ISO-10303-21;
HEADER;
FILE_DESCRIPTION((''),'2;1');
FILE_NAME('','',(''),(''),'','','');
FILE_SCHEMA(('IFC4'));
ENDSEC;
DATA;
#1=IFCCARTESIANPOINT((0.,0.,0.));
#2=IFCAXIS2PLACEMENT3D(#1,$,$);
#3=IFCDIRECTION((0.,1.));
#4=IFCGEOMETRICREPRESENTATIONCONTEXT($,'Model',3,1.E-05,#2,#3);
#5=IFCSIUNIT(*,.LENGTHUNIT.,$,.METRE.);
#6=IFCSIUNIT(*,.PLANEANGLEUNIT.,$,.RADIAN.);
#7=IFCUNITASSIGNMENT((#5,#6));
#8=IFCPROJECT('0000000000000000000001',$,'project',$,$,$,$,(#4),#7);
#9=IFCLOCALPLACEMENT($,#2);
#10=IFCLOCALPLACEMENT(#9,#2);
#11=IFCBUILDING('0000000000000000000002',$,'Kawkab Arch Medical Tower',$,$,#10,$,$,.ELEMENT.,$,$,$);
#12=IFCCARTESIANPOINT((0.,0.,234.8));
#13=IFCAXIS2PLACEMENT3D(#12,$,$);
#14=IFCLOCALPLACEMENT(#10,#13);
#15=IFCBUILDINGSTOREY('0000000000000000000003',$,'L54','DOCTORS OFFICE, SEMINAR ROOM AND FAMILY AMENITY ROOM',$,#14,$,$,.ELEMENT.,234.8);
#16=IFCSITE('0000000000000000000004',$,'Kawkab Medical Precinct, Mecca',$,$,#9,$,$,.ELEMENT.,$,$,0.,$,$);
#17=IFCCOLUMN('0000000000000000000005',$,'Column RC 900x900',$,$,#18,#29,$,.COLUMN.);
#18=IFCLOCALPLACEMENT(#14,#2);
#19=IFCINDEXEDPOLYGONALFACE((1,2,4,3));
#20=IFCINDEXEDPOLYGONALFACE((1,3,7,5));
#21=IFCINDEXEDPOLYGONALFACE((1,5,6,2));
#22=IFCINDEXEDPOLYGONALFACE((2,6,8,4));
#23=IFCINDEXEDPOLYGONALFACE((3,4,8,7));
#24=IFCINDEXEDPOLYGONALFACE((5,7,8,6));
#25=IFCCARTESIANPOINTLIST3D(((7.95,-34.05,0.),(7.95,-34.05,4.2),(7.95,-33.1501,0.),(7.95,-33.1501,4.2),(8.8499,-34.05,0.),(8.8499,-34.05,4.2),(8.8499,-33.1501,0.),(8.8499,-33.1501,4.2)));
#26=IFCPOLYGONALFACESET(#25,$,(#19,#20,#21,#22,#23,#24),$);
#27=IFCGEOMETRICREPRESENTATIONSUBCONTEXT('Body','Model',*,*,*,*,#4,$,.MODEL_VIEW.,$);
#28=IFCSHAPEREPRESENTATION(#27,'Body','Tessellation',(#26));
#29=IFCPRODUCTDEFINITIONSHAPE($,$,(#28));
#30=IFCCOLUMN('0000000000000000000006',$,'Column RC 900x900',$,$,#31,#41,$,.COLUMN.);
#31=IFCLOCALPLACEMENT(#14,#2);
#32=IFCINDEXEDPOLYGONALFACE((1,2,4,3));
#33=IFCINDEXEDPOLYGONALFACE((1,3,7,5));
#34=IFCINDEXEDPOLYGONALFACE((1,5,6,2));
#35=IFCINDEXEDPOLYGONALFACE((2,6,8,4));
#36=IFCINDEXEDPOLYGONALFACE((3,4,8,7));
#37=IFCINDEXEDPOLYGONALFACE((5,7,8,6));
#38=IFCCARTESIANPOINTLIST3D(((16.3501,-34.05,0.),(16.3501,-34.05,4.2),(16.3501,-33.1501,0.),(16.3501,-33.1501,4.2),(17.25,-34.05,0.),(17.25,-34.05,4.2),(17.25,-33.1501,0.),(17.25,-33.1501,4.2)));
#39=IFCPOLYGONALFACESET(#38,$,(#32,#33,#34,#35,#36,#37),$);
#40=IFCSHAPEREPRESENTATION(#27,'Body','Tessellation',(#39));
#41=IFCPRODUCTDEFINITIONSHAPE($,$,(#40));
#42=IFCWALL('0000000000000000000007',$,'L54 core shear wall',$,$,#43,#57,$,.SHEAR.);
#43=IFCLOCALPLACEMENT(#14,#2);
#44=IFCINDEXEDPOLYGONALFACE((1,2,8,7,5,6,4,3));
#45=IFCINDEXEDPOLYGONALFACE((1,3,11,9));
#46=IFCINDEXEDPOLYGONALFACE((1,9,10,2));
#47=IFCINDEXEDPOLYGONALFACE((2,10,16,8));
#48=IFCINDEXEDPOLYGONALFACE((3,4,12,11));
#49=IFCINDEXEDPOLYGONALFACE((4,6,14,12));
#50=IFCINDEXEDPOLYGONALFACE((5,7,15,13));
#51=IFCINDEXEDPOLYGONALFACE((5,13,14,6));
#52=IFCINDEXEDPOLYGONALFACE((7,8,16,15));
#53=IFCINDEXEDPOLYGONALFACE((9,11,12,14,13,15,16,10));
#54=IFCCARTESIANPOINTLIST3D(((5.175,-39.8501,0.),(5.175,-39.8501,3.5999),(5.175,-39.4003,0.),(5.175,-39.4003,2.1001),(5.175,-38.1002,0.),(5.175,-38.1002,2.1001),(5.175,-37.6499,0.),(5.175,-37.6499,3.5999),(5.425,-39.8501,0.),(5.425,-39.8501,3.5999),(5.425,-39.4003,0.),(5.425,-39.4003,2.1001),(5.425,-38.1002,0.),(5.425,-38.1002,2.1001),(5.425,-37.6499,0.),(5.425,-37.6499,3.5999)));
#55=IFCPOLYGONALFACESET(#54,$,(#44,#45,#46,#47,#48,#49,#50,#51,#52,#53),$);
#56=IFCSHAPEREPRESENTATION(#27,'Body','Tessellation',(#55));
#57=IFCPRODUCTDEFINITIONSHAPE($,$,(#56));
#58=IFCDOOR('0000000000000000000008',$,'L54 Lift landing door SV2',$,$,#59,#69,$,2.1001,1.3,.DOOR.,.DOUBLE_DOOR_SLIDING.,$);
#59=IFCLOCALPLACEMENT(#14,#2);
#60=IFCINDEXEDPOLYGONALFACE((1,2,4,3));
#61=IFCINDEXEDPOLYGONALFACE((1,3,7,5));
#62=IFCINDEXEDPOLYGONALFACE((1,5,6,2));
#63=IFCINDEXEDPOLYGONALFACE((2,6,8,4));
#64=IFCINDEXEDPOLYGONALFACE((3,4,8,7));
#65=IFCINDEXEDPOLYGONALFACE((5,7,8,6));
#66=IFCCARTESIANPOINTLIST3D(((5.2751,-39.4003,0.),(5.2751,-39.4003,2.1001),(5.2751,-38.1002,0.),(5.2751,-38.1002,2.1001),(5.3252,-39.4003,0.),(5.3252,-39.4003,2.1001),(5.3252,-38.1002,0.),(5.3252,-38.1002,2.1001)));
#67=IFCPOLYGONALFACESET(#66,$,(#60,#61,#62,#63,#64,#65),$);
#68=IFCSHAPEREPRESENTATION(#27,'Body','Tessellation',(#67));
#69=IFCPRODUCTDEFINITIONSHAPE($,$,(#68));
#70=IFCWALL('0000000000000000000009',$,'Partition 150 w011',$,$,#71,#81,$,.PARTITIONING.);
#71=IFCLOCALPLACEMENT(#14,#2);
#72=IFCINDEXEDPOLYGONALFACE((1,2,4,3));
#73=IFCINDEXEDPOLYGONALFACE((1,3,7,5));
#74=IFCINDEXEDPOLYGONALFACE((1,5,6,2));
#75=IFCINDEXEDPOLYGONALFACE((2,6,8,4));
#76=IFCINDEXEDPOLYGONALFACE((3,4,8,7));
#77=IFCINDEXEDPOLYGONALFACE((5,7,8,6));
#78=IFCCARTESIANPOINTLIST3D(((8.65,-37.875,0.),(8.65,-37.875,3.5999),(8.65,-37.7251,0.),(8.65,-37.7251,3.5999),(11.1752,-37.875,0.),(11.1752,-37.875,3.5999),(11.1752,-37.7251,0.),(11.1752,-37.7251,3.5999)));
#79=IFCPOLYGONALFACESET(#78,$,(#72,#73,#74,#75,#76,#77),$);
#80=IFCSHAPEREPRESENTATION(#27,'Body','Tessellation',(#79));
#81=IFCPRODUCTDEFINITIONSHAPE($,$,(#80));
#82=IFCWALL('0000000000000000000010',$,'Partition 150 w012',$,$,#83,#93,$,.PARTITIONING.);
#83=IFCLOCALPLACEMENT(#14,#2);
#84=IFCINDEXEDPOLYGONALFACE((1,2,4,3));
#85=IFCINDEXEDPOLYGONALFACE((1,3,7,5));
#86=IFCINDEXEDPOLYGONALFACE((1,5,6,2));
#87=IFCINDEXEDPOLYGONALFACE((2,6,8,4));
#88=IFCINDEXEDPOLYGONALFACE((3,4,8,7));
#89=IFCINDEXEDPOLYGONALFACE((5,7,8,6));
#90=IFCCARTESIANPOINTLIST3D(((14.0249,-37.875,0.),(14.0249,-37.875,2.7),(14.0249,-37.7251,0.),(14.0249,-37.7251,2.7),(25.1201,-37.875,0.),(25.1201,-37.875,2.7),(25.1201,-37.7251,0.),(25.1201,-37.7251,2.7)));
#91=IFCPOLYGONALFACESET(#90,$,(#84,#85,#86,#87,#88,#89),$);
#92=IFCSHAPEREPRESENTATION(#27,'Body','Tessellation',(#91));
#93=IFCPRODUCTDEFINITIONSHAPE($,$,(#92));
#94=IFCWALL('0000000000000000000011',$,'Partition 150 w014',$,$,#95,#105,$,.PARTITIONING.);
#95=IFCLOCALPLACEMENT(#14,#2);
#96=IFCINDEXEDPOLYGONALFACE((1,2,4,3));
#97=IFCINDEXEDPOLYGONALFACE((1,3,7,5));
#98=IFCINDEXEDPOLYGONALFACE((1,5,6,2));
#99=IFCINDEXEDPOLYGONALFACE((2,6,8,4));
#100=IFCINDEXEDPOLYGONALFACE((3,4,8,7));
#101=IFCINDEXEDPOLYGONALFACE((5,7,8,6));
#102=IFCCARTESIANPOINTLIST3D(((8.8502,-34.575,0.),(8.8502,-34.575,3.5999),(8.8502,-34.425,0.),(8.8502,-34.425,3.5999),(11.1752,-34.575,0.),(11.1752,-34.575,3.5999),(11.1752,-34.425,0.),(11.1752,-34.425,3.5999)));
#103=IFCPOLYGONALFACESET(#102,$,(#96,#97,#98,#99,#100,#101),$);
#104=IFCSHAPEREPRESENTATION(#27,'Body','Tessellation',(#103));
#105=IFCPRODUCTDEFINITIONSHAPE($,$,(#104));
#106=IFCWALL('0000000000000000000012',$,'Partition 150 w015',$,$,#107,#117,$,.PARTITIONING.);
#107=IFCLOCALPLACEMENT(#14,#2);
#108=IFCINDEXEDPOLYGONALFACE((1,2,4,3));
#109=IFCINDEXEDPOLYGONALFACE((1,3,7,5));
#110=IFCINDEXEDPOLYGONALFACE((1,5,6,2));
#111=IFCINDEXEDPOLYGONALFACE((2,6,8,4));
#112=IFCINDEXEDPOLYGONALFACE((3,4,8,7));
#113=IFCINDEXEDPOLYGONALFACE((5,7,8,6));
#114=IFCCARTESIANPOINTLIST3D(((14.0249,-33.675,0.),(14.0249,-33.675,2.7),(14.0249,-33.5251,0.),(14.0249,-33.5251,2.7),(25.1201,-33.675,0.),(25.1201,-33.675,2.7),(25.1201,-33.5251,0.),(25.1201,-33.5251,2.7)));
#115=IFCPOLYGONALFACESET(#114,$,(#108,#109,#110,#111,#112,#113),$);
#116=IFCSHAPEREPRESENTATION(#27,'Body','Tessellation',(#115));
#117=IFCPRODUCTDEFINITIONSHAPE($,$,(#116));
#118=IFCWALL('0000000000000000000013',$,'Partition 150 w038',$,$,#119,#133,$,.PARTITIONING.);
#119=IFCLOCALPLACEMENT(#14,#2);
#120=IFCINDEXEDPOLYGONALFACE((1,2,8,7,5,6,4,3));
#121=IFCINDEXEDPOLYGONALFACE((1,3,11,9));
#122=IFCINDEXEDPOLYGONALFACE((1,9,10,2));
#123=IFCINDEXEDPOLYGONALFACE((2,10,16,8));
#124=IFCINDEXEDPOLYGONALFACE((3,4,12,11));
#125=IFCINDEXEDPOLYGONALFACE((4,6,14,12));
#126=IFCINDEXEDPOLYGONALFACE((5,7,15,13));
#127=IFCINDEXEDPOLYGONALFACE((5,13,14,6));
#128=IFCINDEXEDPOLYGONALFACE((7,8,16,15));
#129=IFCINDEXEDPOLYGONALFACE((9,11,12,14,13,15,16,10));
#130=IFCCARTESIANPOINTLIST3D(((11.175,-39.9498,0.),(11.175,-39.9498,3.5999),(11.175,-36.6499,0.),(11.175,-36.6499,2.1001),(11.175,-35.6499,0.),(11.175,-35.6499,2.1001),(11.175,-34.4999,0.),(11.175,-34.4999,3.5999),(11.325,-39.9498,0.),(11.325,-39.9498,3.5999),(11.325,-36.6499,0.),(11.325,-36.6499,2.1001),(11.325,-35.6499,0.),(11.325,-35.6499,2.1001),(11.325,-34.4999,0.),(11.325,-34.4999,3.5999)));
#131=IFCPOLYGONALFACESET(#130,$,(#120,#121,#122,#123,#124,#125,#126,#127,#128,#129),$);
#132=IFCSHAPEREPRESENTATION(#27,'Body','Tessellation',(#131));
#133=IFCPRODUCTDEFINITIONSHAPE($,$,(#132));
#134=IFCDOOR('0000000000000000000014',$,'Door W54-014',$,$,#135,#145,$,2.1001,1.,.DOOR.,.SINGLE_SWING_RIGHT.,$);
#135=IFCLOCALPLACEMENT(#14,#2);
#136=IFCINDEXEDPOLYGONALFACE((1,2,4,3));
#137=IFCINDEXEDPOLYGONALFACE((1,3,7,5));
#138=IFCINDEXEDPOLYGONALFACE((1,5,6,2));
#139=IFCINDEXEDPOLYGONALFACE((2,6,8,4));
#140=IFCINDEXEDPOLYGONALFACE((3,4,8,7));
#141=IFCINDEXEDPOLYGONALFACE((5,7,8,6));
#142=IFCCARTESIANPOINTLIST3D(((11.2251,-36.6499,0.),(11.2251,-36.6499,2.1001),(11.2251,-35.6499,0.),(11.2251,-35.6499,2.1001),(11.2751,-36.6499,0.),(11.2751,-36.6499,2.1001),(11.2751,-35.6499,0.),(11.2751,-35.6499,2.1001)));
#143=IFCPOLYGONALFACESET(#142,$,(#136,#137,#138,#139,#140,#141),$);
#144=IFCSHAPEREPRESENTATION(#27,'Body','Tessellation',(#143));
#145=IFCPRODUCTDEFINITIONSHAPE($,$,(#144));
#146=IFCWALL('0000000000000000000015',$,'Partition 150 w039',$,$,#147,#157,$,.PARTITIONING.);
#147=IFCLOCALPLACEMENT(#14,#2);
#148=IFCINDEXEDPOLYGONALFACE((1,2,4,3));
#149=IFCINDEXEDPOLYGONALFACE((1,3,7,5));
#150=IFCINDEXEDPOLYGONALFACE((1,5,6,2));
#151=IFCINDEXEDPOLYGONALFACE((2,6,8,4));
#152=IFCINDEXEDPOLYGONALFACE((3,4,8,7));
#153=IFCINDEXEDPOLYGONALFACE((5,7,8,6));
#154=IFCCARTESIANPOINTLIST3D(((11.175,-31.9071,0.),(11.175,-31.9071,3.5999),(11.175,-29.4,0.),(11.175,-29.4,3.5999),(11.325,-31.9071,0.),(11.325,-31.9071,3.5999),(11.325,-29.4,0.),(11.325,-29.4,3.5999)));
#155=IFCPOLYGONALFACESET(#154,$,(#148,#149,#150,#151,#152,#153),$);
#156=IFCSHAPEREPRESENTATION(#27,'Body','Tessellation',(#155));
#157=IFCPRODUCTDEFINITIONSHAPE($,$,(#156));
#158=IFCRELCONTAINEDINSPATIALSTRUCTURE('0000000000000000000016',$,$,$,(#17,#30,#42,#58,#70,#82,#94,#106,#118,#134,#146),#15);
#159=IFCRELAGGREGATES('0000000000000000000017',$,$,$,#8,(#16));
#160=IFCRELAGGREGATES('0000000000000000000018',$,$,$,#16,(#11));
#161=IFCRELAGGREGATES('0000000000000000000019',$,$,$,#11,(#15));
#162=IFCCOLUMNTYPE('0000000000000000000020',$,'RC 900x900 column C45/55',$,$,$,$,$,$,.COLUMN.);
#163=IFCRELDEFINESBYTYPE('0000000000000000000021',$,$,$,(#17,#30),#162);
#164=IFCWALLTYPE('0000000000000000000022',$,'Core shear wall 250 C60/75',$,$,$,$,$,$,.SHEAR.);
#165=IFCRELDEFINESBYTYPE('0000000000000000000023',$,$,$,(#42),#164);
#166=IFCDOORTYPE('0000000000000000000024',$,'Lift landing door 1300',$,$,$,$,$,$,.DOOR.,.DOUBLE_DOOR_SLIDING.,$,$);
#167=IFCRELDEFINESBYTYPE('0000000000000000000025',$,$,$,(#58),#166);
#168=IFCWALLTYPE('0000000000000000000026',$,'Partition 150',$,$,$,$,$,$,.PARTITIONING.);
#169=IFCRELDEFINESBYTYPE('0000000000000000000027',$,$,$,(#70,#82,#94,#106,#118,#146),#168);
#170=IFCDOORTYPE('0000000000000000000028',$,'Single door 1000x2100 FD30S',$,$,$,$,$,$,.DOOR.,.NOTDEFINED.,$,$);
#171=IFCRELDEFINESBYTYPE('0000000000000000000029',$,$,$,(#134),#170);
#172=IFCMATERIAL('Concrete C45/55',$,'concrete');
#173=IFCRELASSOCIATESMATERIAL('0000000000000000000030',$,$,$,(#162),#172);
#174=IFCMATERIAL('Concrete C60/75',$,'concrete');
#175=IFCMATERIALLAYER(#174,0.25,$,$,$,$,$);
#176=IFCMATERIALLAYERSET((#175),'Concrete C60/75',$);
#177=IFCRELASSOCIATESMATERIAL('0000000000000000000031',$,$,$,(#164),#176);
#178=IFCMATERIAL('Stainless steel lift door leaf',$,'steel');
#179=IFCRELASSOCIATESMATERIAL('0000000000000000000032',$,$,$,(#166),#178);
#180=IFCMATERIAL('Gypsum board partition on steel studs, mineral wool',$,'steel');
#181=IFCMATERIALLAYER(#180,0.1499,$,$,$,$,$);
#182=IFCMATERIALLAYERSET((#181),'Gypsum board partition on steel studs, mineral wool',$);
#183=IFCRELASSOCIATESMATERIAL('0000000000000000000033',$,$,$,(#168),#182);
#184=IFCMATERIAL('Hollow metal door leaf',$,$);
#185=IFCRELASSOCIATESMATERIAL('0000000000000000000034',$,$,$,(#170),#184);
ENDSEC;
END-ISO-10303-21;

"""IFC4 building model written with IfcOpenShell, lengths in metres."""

from ifc_helpers import new_model, si_unit, direction, frame, frame_2d, origin, origin_2d, place, context, subcontext, project, spatial, rectangle, extrude, material, layer, layer_set, material_profile, profile_set, type_object, element, fill, save


model = new_model("IFC4")

# Units and contexts
model_context = context("Model", 3, precision=1e-05, world=origin(), true_north=direction((0.0, 1.0)))
body_context = subcontext(model_context, "Body", "Model", "MODEL_VIEW")
ifc_project = project(units=[si_unit("LENGTHUNIT", "METRE"), si_unit("PLANEANGLEUNIT", "RADIAN")], contexts=[model_context])

# Site, building, storey
site_placement = place(None, origin())
site = spatial("IfcSite", under=ifc_project, at=site_placement, Name="Kawkab Medical Precinct, Mecca", CompositionType="ELEMENT", RefElevation=0.0)
building_placement = place(site_placement, origin())
building = spatial("IfcBuilding", under=site, at=building_placement, Name="Kawkab Arch Medical Tower", CompositionType="ELEMENT")
storey_placement = place(building_placement, frame((0.0, 0.0, 234.8)))
storey = spatial("IfcBuildingStorey", under=building, at=storey_placement, Name="L54", Description="DOCTORS OFFICE, SEMINAR ROOM AND FAMILY AMENITY ROOM", CompositionType="ELEMENT", Elevation=234.8)

# Columns
ifc_material_1 = material(Name="Concrete C45/55", Category="concrete")
ifc_material_profile = material_profile(ifc_material_1, rectangle(XDim=0.8999, YDim=0.8999, at=origin_2d()), Name="RC 900x900")
ifc_profile_set = profile_set([ifc_material_profile], Name="Concrete C45/55")
column_type = type_object("IfcColumnType", Name="RC 900x900 column C45/55", PredefinedType="COLUMN", material=ifc_profile_set)
for number, where, z_axis, x_axis, name in (
    (1, (8.3999, -33.6001, 0.0), (0.0, 0.0, 1.0), (1.0, 0.0, 0.0), "Column RC 900x900"),
    (2, (16.8, -33.6001, 0.0), (0.0, 0.0, 1.0), (1.0, 0.0, 0.0), "Column RC 900x900"),
):
    element("IfcColumn", number, at=place(storey_placement, frame(where, z_axis=z_axis, x_axis=x_axis)), inside=storey, type_object=column_type, Name=name, PredefinedType="COLUMN", context=body_context, shape_type="SweptSolid", body=[
        extrude(rectangle(XDim=0.8999, YDim=0.8999, at=origin_2d()), origin(), (0.0, 0.0, 1.0), 4.2),
    ])

# Wall, opening, door
ifc_material_2 = material(Name="Concrete C60/75", Category="concrete")
ifc_layer_1 = layer(ifc_material_2, 0.25)
ifc_layer_set_1 = layer_set([ifc_layer_1], Name="Concrete C60/75")
wall_type_1 = type_object("IfcWallType", Name="Core shear wall 250 C60/75", PredefinedType="SHEAR", material=ifc_layer_set_1)
wall_1_placement = place(storey_placement, frame((5.3, -39.8501, 0.0), z_axis=(0.0, 0.0, 1.0), x_axis=(0.0, 1.0, 0.0)))
wall_1 = element("IfcWall", 3, at=wall_1_placement, inside=storey, type_object=wall_type_1, Name="L54 core shear wall", PredefinedType="SHEAR", context=body_context, shape_type="SweptSolid", body=[
    extrude(rectangle(XDim=2.2002, YDim=0.25, at=frame_2d((1.1001, 0.0))), origin(), (0.0, 0.0, 1.0), 3.5999),
])
opening_1_placement = place(wall_1_placement, frame((0.45, 0.0, 0.0)))
opening_1 = element("IfcOpeningElement", 4, at=opening_1_placement, cuts=wall_1, PredefinedType="OPENING", context=body_context, shape_type="SweptSolid", body=[
    extrude(rectangle(XDim=1.3, YDim=2.1001, at=frame_2d((0.6499, 1.05))), frame((0.0, 0.135, 0.0), z_axis=(0.0, -1.0, 0.0), x_axis=(1.0, 0.0, 0.0)), (0.0, 0.0, 1.0), 0.27),
])
ifc_material_3 = material(Name="Stainless steel lift door leaf", Category="steel")
door_type_1 = type_object("IfcDoorType", Name="Lift landing door 1300", OperationType="DOUBLE_DOOR_SLIDING", PredefinedType="DOOR", material=ifc_material_3)
door_1_placement = place(opening_1_placement, origin())
door_1 = element("IfcDoor", 5, at=door_1_placement, inside=storey, type_object=door_type_1, Name="L54 Lift landing door SV2", OperationType="DOUBLE_DOOR_SLIDING", OverallHeight=2.1001, OverallWidth=1.3, PredefinedType="DOOR", context=body_context, shape_type="SweptSolid", body=[
    extrude(rectangle(XDim=1.3, YDim=2.1001, at=frame_2d((0.6499, 1.05))), frame((0.0, 0.0249, 0.0), z_axis=(0.0, -1.0, 0.0), x_axis=(1.0, 0.0, 0.0)), (0.0, 0.0, 1.0), 0.05),
])
fill(opening_1, door_1)

# Walls
ifc_material_4 = material(Name="Gypsum board partition on steel studs, mineral wool", Category="steel")
ifc_layer_2 = layer(ifc_material_4, 0.1499)
ifc_layer_set_2 = layer_set([ifc_layer_2], Name="Gypsum board partition on steel studs, mineral wool")
wall_type_2 = type_object("IfcWallType", Name="Partition 150", PredefinedType="PARTITIONING", material=ifc_layer_set_2)
wall_2_placement = place(storey_placement, frame((8.6499, -37.8, 0.0), z_axis=(0.0, 0.0, 1.0), x_axis=(1.0, 0.0, 0.0)))
element("IfcWall", 6, at=wall_2_placement, inside=storey, type_object=wall_type_2, Name="Partition 150 w011", PredefinedType="PARTITIONING", context=body_context, shape_type="SweptSolid", body=[
    extrude(rectangle(XDim=2.5251, YDim=0.1499, at=frame_2d((1.2627, 0.0))), origin(), (0.0, 0.0, 1.0), 3.5999),
])
wall_3_placement = place(storey_placement, frame((14.0249, -37.8, 0.0), z_axis=(0.0, 0.0, 1.0), x_axis=(1.0, 0.0, 0.0)))
element("IfcWall", 7, at=wall_3_placement, inside=storey, type_object=wall_type_2, Name="Partition 150 w012", PredefinedType="PARTITIONING", context=body_context, shape_type="SweptSolid", body=[
    extrude(rectangle(XDim=11.0952, YDim=0.1499, at=frame_2d((5.5476, 0.0))), origin(), (0.0, 0.0, 1.0), 2.7),
])
wall_4_placement = place(storey_placement, frame((8.8501, -34.5, 0.0), z_axis=(0.0, 0.0, 1.0), x_axis=(1.0, 0.0, 0.0)))
element("IfcWall", 8, at=wall_4_placement, inside=storey, type_object=wall_type_2, Name="Partition 150 w014", PredefinedType="PARTITIONING", context=body_context, shape_type="SweptSolid", body=[
    extrude(rectangle(XDim=2.325, YDim=0.1499, at=frame_2d((1.1626, 0.0))), origin(), (0.0, 0.0, 1.0), 3.5999),
])
wall_5_placement = place(storey_placement, frame((14.0249, -33.6001, 0.0), z_axis=(0.0, 0.0, 1.0), x_axis=(1.0, 0.0, 0.0)))
element("IfcWall", 9, at=wall_5_placement, inside=storey, type_object=wall_type_2, Name="Partition 150 w015", PredefinedType="PARTITIONING", context=body_context, shape_type="SweptSolid", body=[
    extrude(rectangle(XDim=11.0952, YDim=0.1499, at=frame_2d((5.5476, 0.0))), origin(), (0.0, 0.0, 1.0), 2.7),
])

# Wall, opening, door
wall_6_placement = place(storey_placement, frame((11.25, -39.95, 0.0), z_axis=(0.0, 0.0, 1.0), x_axis=(0.0, 1.0, 0.0)))
wall_6 = element("IfcWall", 10, at=wall_6_placement, inside=storey, type_object=wall_type_2, Name="Partition 150 w038", PredefinedType="PARTITIONING", context=body_context, shape_type="SweptSolid", body=[
    extrude(rectangle(XDim=5.45, YDim=0.1499, at=frame_2d((2.7251, 0.0))), origin(), (0.0, 0.0, 1.0), 3.5999),
])
opening_2_placement = place(wall_6_placement, frame((3.3, 0.0, 0.0)))
opening_2 = element("IfcOpeningElement", 11, at=opening_2_placement, cuts=wall_6, PredefinedType="OPENING", context=body_context, shape_type="SweptSolid", body=[
    extrude(rectangle(XDim=1.0, YDim=2.1001, at=frame_2d((0.5, 1.05))), frame((0.0, 0.085, 0.0), z_axis=(0.0, -1.0, 0.0), x_axis=(1.0, 0.0, 0.0)), (0.0, 0.0, 1.0), 0.1699),
])
ifc_material_5 = material(Name="Hollow metal door leaf")
door_type_2 = type_object("IfcDoorType", Name="Single door 1000x2100 FD30S", OperationType="NOTDEFINED", PredefinedType="DOOR", material=ifc_material_5)
door_2_placement = place(opening_2_placement, origin())
door_2 = element("IfcDoor", 12, at=door_2_placement, inside=storey, type_object=door_type_2, Name="Door W54-014", OperationType="SINGLE_SWING_RIGHT", OverallHeight=2.1001, OverallWidth=1.0, PredefinedType="DOOR", context=body_context, shape_type="SweptSolid", body=[
    extrude(rectangle(XDim=1.0, YDim=2.1001, at=frame_2d((0.5, 1.05))), frame((0.0, 0.0249, 0.0), z_axis=(0.0, -1.0, 0.0), x_axis=(1.0, 0.0, 0.0)), (0.0, 0.0, 1.0), 0.05),
])
fill(opening_2, door_2)

# Wall
wall_7_placement = place(storey_placement, frame((11.25, -31.907, 0.0), z_axis=(0.0, 0.0, 1.0), x_axis=(0.0, 1.0, 0.0)))
element("IfcWall", 13, at=wall_7_placement, inside=storey, type_object=wall_type_2, Name="Partition 150 w039", PredefinedType="PARTITIONING", context=body_context, shape_type="SweptSolid", body=[
    extrude(rectangle(XDim=2.5071, YDim=0.1499, at=frame_2d((1.2534, 0.0))), origin(), (0.0, 0.0, 1.0), 3.5999),
])

save(model, "model.ifc")
